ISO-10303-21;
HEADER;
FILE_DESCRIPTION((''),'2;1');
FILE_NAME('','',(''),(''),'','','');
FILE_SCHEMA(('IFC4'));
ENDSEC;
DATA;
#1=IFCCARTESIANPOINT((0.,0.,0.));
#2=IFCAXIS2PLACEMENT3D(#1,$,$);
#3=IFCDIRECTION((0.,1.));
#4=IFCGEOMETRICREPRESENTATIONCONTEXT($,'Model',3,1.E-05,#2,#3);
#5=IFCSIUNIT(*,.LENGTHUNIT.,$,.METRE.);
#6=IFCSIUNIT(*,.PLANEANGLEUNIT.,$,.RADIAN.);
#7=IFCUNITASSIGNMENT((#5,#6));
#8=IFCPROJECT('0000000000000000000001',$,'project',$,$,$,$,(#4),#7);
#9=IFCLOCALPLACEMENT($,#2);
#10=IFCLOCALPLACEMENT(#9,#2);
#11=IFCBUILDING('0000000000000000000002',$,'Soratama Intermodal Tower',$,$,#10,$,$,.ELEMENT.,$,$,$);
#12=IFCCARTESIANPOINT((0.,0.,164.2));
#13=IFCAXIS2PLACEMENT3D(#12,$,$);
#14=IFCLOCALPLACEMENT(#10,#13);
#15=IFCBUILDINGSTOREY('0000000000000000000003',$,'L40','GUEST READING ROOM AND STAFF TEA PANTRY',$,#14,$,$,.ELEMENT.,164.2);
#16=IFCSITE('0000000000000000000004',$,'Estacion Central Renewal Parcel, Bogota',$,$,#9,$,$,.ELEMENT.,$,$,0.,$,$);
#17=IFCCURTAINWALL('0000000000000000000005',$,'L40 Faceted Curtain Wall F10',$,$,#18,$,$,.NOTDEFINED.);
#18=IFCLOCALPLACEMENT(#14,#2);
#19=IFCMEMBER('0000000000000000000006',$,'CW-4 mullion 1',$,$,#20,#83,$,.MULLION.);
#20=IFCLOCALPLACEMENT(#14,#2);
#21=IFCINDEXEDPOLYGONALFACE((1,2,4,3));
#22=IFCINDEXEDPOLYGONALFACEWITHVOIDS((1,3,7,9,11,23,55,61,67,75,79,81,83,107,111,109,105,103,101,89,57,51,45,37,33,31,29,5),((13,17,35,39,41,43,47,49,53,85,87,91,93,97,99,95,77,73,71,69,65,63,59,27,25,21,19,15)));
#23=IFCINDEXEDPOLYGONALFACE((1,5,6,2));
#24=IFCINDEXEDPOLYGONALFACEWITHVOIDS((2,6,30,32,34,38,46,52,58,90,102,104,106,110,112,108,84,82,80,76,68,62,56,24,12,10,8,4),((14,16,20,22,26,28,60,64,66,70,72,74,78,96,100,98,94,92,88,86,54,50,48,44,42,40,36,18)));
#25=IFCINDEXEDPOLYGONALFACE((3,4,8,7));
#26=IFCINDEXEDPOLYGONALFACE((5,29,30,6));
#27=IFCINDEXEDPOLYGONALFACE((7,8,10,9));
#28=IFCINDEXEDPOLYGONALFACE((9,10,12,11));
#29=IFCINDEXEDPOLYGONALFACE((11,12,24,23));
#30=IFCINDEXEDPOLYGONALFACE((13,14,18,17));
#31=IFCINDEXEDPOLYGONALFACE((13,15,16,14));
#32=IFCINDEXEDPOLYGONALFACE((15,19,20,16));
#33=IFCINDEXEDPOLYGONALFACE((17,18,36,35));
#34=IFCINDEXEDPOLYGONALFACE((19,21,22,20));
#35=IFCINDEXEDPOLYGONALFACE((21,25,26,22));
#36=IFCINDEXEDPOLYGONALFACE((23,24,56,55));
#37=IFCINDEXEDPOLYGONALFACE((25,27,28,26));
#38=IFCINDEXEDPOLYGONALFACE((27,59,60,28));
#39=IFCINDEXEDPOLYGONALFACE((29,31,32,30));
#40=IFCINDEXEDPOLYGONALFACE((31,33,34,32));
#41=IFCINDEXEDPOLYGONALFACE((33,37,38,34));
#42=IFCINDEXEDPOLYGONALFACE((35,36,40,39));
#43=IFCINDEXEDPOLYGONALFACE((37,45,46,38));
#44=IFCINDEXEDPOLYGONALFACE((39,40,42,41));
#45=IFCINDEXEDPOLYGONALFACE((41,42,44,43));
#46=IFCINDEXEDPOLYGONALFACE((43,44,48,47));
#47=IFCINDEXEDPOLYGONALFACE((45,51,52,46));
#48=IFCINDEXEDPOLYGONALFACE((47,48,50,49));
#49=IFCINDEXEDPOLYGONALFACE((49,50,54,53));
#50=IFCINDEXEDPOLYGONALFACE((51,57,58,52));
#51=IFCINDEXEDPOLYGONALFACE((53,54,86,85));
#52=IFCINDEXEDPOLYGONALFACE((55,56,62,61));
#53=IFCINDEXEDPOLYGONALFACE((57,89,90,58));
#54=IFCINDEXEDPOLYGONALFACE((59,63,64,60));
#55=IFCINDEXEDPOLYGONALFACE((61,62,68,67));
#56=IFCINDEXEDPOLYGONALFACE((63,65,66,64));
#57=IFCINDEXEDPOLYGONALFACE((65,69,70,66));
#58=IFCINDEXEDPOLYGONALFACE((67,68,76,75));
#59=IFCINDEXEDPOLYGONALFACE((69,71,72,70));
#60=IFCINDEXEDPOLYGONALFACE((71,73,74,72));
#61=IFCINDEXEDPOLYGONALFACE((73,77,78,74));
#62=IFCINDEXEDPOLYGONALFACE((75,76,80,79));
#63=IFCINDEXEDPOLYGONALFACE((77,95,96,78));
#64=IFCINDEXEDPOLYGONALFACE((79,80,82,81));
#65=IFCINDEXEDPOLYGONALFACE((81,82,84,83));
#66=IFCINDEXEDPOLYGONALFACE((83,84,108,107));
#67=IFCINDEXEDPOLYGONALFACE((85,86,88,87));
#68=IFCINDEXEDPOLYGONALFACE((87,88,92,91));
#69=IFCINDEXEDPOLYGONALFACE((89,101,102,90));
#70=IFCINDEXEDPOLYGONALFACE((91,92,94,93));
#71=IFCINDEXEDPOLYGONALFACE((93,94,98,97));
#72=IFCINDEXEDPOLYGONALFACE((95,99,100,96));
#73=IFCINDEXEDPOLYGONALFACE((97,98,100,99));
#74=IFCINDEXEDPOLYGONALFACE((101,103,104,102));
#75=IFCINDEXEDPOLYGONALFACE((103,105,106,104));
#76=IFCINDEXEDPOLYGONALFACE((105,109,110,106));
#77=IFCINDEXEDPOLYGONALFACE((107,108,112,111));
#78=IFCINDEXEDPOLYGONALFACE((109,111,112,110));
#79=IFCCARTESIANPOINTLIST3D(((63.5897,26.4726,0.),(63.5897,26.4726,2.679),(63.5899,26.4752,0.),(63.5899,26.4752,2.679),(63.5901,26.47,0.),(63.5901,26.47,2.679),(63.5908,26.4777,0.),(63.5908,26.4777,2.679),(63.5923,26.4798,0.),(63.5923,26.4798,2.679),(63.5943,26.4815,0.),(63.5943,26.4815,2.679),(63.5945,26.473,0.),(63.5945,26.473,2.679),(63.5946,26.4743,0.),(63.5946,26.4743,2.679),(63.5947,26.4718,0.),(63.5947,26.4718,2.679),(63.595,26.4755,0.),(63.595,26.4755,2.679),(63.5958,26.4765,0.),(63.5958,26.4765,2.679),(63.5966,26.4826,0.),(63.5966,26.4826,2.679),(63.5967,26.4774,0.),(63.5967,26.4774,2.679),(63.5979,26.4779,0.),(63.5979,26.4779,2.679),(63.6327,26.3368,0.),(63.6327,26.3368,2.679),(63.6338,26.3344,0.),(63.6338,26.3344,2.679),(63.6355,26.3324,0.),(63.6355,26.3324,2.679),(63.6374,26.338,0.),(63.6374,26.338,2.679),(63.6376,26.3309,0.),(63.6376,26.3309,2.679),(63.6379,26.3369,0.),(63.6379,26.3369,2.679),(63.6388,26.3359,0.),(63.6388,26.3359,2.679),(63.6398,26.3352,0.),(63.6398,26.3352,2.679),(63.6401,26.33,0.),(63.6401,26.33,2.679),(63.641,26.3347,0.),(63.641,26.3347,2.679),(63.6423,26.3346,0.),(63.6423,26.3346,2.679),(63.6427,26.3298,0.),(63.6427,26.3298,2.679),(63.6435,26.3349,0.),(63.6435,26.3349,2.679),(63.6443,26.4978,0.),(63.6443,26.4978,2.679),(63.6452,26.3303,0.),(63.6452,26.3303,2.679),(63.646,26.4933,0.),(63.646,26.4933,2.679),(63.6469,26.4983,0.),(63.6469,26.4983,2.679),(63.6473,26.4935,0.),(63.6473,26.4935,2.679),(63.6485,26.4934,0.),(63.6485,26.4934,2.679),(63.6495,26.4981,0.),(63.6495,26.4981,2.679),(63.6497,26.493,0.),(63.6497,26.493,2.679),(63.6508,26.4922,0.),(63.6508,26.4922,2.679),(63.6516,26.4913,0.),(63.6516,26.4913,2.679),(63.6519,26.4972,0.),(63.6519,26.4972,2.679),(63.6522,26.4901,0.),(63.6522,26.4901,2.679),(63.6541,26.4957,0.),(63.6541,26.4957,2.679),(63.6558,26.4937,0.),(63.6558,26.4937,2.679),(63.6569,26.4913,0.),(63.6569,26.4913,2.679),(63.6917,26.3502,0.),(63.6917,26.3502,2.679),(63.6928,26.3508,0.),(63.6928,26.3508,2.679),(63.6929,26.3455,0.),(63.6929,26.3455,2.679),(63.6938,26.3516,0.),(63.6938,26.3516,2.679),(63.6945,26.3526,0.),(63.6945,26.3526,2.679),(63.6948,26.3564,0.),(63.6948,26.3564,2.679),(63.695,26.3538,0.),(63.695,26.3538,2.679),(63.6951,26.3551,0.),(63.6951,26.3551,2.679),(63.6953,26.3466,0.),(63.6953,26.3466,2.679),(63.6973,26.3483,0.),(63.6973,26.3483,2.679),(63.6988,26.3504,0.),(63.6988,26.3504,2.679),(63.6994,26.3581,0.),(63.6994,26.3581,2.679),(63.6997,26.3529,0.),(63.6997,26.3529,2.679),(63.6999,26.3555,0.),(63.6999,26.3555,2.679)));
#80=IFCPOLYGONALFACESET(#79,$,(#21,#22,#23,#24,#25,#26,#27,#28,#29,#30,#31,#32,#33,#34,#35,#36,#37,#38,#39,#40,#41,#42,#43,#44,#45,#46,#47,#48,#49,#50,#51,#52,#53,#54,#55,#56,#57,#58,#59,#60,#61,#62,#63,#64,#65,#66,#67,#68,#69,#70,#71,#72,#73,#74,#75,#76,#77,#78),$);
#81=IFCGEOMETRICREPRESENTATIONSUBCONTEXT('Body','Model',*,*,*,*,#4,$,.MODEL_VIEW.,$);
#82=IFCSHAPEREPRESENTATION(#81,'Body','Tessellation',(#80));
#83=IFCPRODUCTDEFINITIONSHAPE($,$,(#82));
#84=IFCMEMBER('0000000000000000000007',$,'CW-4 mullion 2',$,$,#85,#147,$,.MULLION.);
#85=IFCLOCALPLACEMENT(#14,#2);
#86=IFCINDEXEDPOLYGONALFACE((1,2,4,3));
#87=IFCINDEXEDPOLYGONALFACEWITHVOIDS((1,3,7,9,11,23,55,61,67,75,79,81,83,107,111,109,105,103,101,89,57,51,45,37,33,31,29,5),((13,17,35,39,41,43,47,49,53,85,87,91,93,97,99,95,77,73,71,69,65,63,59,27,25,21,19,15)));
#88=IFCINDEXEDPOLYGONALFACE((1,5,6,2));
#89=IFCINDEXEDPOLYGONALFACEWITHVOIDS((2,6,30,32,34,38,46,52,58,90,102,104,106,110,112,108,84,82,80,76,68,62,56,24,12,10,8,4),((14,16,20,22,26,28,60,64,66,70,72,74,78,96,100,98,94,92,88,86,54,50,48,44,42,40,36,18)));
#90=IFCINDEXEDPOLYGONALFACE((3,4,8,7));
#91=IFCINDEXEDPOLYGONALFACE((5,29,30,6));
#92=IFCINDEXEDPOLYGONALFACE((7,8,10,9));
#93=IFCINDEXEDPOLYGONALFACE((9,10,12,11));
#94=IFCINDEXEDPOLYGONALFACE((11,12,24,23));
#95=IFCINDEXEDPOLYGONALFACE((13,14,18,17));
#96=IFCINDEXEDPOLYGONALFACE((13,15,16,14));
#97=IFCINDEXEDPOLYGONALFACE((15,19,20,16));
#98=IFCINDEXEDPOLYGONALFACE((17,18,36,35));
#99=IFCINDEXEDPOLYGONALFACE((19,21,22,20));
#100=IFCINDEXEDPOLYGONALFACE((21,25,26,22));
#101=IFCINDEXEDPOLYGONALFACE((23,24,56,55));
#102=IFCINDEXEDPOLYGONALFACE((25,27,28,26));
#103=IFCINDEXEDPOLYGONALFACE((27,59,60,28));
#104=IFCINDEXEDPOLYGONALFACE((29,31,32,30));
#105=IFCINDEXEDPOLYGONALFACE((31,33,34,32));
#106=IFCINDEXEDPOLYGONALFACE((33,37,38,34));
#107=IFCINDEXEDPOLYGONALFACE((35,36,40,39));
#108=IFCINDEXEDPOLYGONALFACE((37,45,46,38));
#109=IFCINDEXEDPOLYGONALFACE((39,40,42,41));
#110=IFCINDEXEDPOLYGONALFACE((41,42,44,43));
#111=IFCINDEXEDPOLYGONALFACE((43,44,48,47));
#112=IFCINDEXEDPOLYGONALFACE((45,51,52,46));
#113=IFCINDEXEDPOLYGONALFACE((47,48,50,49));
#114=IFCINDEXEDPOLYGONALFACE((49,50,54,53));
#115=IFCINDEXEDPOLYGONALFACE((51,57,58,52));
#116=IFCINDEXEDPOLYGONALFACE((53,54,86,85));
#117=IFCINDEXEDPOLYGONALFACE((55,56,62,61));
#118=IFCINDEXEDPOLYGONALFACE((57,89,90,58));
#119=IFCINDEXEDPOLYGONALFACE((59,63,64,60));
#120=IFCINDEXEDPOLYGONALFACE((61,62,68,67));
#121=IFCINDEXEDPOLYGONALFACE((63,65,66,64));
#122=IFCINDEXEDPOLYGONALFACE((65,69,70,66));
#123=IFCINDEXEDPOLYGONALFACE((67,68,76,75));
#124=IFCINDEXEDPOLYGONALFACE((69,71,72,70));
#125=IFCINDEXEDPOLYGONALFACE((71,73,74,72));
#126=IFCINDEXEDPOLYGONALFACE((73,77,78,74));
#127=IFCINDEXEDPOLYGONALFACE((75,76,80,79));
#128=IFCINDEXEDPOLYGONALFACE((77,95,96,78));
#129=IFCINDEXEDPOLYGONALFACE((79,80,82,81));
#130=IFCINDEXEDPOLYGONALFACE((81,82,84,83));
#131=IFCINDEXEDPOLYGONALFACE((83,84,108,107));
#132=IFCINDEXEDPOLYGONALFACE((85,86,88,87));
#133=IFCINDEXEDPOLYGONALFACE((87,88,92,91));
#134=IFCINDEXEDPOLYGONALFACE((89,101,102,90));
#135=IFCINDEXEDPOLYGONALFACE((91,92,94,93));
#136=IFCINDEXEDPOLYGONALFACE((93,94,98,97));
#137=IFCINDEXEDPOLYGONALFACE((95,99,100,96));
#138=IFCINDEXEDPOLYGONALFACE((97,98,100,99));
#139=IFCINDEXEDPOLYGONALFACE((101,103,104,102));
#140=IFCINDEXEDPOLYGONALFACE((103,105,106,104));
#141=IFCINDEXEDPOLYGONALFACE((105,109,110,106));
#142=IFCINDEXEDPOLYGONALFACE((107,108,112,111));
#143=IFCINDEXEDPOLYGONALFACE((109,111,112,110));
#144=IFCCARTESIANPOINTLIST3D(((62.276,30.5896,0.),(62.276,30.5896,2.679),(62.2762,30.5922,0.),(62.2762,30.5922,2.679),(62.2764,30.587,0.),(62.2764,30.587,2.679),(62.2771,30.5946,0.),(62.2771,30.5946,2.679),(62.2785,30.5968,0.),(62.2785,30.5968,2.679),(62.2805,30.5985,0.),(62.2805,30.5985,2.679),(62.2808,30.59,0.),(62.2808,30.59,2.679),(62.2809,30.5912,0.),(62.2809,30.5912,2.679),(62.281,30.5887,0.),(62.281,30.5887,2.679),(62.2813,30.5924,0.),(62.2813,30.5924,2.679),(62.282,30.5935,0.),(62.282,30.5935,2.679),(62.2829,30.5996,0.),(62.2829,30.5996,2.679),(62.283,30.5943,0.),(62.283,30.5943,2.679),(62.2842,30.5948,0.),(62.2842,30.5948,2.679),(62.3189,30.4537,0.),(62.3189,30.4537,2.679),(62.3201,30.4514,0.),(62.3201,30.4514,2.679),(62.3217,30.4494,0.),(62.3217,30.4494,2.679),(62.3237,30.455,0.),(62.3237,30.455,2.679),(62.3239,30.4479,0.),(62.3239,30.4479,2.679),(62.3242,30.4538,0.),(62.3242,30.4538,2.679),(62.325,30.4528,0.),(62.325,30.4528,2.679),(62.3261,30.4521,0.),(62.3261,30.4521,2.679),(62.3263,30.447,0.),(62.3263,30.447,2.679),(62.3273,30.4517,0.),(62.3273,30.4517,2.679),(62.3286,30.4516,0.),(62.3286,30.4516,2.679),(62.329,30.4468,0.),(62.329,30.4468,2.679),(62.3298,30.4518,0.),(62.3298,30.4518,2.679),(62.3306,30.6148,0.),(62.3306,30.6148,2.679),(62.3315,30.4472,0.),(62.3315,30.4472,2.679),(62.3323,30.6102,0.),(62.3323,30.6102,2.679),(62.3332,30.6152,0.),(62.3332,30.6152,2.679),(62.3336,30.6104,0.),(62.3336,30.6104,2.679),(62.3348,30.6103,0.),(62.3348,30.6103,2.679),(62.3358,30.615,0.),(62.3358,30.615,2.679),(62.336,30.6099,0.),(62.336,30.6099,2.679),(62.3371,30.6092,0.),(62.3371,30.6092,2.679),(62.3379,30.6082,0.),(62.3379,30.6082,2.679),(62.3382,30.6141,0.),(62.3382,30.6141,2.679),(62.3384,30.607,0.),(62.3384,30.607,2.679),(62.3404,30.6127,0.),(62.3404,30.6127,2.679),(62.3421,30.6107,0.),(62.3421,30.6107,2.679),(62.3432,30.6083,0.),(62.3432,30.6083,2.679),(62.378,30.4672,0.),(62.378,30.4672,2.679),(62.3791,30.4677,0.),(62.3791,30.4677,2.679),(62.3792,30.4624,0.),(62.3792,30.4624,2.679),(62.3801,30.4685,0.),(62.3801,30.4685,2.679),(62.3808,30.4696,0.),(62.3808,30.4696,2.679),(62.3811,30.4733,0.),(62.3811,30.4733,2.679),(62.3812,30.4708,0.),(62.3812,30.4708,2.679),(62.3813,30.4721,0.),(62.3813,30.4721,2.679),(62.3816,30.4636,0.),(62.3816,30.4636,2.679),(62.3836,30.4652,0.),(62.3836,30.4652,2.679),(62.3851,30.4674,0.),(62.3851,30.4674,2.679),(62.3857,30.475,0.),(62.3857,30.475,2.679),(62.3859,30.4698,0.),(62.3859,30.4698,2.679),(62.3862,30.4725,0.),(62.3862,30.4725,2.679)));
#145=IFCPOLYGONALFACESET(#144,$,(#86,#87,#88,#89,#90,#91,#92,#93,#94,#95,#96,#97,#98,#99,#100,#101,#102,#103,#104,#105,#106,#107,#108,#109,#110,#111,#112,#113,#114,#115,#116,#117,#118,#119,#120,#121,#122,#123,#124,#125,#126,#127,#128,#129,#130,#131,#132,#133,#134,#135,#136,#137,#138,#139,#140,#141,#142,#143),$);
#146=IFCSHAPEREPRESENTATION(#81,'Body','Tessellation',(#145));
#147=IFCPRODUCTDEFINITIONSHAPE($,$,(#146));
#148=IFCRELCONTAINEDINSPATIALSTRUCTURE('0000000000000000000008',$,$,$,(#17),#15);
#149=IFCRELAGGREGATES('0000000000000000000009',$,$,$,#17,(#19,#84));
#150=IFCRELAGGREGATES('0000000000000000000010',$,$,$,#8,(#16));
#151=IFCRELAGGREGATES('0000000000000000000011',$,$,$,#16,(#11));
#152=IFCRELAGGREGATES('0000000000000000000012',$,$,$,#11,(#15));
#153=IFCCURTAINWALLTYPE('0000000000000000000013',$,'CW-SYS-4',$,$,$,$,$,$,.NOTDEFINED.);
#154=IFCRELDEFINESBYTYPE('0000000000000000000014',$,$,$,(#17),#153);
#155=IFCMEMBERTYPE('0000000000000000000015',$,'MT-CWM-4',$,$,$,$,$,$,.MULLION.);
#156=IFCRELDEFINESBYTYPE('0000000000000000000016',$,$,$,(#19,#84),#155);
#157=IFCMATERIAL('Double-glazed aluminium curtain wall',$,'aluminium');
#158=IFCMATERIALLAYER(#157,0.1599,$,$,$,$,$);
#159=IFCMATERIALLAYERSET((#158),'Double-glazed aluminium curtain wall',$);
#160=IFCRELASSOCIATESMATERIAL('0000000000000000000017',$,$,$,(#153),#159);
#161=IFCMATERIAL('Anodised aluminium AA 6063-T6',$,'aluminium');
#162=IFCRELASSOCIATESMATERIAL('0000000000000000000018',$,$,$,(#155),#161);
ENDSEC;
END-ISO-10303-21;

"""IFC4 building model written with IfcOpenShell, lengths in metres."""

from ifc_helpers import new_model, si_unit, direction, frame, origin, origin_2d, place, context, subcontext, project, spatial, hollow_rectangle, extrude, material, layer, layer_set, material_profile, profile_set, type_object, element, aggregate, save


model = new_model("IFC4")

# Units and contexts
model_context = context("Model", 3, precision=1e-05, world=origin(), true_north=direction((0.0, 1.0)))
body_context = subcontext(model_context, "Body", "Model", "MODEL_VIEW")
ifc_project = project(units=[si_unit("LENGTHUNIT", "METRE"), si_unit("PLANEANGLEUNIT", "RADIAN")], contexts=[model_context])

# Site, building, storey
site_placement = place(None, origin())
site = spatial("IfcSite", under=ifc_project, at=site_placement, Name="Estacion Central Renewal Parcel, Bogota", CompositionType="ELEMENT", RefElevation=0.0)
building_placement = place(site_placement, origin())
building = spatial("IfcBuilding", under=site, at=building_placement, Name="Soratama Intermodal Tower", CompositionType="ELEMENT")
storey_placement = place(building_placement, frame((0.0, 0.0, 164.2)))
storey = spatial("IfcBuildingStorey", under=building, at=storey_placement, Name="L40", Description="GUEST READING ROOM AND STAFF TEA PANTRY", CompositionType="ELEMENT", Elevation=164.2)

# Curtain wall, members
ifc_material_1 = material(Name="Double-glazed aluminium curtain wall", Category="aluminium")
ifc_layer_1 = layer(ifc_material_1, 0.1599)
ifc_layer_set_1 = layer_set([ifc_layer_1], Name="Double-glazed aluminium curtain wall")
curtain_wall_type = type_object("IfcCurtainWallType", Name="CW-SYS-4", PredefinedType="NOTDEFINED", material=ifc_layer_set_1)
curtain_wall_placement = place(storey_placement, origin())
curtain_wall = element("IfcCurtainWall", 1, at=curtain_wall_placement, inside=storey, type_object=curtain_wall_type, Name="L40 Faceted Curtain Wall F10", PredefinedType="NOTDEFINED")
ifc_material_2 = material(Name="Anodised aluminium AA 6063-T6", Category="aluminium")
ifc_material_profile_1 = material_profile(ifc_material_2, hollow_rectangle(XDim=0.0701, YDim=0.1599, WallThickness=0.0049, InnerFilletRadius=0.0049, OuterFilletRadius=0.01, at=origin_2d()), Name="CWM160X70X5")
ifc_profile_set_1 = profile_set([ifc_material_profile_1], Name="Anodised aluminium AA 6063-T6")
member_type_1 = type_object("IfcMemberType", Name="MT-CWM-4", PredefinedType="MULLION", material=ifc_profile_set_1)
member_1_placement = place(storey_placement, frame((63.6448, 26.4141, 0.0), z_axis=(0.0, 0.0, 1.0), x_axis=(-0.952663, -0.30403, 0.0)))
member_1 = element("IfcMember", 2, at=member_1_placement, type_object=member_type_1, Name="CW-4 mullion 1", PredefinedType="MULLION", context=body_context, shape_type="SweptSolid", body=[
    extrude(hollow_rectangle(XDim=0.0701, YDim=0.1599, WallThickness=0.0049, InnerFilletRadius=0.0049, OuterFilletRadius=0.01, at=origin_2d()), origin(), (0.0, 0.0, 1.0), 2.679),
])
member_2_placement = place(storey_placement, frame((62.3311, 30.531, 0.0), z_axis=(0.0, 0.0, 1.0), x_axis=(-0.952663, -0.30403, 0.0)))
member_2 = element("IfcMember", 3, at=member_2_placement, type_object=member_type_1, Name="CW-4 mullion 2", PredefinedType="MULLION", context=body_context, shape_type="SweptSolid", body=[
    extrude(hollow_rectangle(XDim=0.0701, YDim=0.1599, WallThickness=0.0049, InnerFilletRadius=0.0049, OuterFilletRadius=0.01, at=origin_2d()), origin(), (0.0, 0.0, 1.0), 2.679),
])
aggregate(curtain_wall, [member_1, member_2])

save(model, "model.ifc")
